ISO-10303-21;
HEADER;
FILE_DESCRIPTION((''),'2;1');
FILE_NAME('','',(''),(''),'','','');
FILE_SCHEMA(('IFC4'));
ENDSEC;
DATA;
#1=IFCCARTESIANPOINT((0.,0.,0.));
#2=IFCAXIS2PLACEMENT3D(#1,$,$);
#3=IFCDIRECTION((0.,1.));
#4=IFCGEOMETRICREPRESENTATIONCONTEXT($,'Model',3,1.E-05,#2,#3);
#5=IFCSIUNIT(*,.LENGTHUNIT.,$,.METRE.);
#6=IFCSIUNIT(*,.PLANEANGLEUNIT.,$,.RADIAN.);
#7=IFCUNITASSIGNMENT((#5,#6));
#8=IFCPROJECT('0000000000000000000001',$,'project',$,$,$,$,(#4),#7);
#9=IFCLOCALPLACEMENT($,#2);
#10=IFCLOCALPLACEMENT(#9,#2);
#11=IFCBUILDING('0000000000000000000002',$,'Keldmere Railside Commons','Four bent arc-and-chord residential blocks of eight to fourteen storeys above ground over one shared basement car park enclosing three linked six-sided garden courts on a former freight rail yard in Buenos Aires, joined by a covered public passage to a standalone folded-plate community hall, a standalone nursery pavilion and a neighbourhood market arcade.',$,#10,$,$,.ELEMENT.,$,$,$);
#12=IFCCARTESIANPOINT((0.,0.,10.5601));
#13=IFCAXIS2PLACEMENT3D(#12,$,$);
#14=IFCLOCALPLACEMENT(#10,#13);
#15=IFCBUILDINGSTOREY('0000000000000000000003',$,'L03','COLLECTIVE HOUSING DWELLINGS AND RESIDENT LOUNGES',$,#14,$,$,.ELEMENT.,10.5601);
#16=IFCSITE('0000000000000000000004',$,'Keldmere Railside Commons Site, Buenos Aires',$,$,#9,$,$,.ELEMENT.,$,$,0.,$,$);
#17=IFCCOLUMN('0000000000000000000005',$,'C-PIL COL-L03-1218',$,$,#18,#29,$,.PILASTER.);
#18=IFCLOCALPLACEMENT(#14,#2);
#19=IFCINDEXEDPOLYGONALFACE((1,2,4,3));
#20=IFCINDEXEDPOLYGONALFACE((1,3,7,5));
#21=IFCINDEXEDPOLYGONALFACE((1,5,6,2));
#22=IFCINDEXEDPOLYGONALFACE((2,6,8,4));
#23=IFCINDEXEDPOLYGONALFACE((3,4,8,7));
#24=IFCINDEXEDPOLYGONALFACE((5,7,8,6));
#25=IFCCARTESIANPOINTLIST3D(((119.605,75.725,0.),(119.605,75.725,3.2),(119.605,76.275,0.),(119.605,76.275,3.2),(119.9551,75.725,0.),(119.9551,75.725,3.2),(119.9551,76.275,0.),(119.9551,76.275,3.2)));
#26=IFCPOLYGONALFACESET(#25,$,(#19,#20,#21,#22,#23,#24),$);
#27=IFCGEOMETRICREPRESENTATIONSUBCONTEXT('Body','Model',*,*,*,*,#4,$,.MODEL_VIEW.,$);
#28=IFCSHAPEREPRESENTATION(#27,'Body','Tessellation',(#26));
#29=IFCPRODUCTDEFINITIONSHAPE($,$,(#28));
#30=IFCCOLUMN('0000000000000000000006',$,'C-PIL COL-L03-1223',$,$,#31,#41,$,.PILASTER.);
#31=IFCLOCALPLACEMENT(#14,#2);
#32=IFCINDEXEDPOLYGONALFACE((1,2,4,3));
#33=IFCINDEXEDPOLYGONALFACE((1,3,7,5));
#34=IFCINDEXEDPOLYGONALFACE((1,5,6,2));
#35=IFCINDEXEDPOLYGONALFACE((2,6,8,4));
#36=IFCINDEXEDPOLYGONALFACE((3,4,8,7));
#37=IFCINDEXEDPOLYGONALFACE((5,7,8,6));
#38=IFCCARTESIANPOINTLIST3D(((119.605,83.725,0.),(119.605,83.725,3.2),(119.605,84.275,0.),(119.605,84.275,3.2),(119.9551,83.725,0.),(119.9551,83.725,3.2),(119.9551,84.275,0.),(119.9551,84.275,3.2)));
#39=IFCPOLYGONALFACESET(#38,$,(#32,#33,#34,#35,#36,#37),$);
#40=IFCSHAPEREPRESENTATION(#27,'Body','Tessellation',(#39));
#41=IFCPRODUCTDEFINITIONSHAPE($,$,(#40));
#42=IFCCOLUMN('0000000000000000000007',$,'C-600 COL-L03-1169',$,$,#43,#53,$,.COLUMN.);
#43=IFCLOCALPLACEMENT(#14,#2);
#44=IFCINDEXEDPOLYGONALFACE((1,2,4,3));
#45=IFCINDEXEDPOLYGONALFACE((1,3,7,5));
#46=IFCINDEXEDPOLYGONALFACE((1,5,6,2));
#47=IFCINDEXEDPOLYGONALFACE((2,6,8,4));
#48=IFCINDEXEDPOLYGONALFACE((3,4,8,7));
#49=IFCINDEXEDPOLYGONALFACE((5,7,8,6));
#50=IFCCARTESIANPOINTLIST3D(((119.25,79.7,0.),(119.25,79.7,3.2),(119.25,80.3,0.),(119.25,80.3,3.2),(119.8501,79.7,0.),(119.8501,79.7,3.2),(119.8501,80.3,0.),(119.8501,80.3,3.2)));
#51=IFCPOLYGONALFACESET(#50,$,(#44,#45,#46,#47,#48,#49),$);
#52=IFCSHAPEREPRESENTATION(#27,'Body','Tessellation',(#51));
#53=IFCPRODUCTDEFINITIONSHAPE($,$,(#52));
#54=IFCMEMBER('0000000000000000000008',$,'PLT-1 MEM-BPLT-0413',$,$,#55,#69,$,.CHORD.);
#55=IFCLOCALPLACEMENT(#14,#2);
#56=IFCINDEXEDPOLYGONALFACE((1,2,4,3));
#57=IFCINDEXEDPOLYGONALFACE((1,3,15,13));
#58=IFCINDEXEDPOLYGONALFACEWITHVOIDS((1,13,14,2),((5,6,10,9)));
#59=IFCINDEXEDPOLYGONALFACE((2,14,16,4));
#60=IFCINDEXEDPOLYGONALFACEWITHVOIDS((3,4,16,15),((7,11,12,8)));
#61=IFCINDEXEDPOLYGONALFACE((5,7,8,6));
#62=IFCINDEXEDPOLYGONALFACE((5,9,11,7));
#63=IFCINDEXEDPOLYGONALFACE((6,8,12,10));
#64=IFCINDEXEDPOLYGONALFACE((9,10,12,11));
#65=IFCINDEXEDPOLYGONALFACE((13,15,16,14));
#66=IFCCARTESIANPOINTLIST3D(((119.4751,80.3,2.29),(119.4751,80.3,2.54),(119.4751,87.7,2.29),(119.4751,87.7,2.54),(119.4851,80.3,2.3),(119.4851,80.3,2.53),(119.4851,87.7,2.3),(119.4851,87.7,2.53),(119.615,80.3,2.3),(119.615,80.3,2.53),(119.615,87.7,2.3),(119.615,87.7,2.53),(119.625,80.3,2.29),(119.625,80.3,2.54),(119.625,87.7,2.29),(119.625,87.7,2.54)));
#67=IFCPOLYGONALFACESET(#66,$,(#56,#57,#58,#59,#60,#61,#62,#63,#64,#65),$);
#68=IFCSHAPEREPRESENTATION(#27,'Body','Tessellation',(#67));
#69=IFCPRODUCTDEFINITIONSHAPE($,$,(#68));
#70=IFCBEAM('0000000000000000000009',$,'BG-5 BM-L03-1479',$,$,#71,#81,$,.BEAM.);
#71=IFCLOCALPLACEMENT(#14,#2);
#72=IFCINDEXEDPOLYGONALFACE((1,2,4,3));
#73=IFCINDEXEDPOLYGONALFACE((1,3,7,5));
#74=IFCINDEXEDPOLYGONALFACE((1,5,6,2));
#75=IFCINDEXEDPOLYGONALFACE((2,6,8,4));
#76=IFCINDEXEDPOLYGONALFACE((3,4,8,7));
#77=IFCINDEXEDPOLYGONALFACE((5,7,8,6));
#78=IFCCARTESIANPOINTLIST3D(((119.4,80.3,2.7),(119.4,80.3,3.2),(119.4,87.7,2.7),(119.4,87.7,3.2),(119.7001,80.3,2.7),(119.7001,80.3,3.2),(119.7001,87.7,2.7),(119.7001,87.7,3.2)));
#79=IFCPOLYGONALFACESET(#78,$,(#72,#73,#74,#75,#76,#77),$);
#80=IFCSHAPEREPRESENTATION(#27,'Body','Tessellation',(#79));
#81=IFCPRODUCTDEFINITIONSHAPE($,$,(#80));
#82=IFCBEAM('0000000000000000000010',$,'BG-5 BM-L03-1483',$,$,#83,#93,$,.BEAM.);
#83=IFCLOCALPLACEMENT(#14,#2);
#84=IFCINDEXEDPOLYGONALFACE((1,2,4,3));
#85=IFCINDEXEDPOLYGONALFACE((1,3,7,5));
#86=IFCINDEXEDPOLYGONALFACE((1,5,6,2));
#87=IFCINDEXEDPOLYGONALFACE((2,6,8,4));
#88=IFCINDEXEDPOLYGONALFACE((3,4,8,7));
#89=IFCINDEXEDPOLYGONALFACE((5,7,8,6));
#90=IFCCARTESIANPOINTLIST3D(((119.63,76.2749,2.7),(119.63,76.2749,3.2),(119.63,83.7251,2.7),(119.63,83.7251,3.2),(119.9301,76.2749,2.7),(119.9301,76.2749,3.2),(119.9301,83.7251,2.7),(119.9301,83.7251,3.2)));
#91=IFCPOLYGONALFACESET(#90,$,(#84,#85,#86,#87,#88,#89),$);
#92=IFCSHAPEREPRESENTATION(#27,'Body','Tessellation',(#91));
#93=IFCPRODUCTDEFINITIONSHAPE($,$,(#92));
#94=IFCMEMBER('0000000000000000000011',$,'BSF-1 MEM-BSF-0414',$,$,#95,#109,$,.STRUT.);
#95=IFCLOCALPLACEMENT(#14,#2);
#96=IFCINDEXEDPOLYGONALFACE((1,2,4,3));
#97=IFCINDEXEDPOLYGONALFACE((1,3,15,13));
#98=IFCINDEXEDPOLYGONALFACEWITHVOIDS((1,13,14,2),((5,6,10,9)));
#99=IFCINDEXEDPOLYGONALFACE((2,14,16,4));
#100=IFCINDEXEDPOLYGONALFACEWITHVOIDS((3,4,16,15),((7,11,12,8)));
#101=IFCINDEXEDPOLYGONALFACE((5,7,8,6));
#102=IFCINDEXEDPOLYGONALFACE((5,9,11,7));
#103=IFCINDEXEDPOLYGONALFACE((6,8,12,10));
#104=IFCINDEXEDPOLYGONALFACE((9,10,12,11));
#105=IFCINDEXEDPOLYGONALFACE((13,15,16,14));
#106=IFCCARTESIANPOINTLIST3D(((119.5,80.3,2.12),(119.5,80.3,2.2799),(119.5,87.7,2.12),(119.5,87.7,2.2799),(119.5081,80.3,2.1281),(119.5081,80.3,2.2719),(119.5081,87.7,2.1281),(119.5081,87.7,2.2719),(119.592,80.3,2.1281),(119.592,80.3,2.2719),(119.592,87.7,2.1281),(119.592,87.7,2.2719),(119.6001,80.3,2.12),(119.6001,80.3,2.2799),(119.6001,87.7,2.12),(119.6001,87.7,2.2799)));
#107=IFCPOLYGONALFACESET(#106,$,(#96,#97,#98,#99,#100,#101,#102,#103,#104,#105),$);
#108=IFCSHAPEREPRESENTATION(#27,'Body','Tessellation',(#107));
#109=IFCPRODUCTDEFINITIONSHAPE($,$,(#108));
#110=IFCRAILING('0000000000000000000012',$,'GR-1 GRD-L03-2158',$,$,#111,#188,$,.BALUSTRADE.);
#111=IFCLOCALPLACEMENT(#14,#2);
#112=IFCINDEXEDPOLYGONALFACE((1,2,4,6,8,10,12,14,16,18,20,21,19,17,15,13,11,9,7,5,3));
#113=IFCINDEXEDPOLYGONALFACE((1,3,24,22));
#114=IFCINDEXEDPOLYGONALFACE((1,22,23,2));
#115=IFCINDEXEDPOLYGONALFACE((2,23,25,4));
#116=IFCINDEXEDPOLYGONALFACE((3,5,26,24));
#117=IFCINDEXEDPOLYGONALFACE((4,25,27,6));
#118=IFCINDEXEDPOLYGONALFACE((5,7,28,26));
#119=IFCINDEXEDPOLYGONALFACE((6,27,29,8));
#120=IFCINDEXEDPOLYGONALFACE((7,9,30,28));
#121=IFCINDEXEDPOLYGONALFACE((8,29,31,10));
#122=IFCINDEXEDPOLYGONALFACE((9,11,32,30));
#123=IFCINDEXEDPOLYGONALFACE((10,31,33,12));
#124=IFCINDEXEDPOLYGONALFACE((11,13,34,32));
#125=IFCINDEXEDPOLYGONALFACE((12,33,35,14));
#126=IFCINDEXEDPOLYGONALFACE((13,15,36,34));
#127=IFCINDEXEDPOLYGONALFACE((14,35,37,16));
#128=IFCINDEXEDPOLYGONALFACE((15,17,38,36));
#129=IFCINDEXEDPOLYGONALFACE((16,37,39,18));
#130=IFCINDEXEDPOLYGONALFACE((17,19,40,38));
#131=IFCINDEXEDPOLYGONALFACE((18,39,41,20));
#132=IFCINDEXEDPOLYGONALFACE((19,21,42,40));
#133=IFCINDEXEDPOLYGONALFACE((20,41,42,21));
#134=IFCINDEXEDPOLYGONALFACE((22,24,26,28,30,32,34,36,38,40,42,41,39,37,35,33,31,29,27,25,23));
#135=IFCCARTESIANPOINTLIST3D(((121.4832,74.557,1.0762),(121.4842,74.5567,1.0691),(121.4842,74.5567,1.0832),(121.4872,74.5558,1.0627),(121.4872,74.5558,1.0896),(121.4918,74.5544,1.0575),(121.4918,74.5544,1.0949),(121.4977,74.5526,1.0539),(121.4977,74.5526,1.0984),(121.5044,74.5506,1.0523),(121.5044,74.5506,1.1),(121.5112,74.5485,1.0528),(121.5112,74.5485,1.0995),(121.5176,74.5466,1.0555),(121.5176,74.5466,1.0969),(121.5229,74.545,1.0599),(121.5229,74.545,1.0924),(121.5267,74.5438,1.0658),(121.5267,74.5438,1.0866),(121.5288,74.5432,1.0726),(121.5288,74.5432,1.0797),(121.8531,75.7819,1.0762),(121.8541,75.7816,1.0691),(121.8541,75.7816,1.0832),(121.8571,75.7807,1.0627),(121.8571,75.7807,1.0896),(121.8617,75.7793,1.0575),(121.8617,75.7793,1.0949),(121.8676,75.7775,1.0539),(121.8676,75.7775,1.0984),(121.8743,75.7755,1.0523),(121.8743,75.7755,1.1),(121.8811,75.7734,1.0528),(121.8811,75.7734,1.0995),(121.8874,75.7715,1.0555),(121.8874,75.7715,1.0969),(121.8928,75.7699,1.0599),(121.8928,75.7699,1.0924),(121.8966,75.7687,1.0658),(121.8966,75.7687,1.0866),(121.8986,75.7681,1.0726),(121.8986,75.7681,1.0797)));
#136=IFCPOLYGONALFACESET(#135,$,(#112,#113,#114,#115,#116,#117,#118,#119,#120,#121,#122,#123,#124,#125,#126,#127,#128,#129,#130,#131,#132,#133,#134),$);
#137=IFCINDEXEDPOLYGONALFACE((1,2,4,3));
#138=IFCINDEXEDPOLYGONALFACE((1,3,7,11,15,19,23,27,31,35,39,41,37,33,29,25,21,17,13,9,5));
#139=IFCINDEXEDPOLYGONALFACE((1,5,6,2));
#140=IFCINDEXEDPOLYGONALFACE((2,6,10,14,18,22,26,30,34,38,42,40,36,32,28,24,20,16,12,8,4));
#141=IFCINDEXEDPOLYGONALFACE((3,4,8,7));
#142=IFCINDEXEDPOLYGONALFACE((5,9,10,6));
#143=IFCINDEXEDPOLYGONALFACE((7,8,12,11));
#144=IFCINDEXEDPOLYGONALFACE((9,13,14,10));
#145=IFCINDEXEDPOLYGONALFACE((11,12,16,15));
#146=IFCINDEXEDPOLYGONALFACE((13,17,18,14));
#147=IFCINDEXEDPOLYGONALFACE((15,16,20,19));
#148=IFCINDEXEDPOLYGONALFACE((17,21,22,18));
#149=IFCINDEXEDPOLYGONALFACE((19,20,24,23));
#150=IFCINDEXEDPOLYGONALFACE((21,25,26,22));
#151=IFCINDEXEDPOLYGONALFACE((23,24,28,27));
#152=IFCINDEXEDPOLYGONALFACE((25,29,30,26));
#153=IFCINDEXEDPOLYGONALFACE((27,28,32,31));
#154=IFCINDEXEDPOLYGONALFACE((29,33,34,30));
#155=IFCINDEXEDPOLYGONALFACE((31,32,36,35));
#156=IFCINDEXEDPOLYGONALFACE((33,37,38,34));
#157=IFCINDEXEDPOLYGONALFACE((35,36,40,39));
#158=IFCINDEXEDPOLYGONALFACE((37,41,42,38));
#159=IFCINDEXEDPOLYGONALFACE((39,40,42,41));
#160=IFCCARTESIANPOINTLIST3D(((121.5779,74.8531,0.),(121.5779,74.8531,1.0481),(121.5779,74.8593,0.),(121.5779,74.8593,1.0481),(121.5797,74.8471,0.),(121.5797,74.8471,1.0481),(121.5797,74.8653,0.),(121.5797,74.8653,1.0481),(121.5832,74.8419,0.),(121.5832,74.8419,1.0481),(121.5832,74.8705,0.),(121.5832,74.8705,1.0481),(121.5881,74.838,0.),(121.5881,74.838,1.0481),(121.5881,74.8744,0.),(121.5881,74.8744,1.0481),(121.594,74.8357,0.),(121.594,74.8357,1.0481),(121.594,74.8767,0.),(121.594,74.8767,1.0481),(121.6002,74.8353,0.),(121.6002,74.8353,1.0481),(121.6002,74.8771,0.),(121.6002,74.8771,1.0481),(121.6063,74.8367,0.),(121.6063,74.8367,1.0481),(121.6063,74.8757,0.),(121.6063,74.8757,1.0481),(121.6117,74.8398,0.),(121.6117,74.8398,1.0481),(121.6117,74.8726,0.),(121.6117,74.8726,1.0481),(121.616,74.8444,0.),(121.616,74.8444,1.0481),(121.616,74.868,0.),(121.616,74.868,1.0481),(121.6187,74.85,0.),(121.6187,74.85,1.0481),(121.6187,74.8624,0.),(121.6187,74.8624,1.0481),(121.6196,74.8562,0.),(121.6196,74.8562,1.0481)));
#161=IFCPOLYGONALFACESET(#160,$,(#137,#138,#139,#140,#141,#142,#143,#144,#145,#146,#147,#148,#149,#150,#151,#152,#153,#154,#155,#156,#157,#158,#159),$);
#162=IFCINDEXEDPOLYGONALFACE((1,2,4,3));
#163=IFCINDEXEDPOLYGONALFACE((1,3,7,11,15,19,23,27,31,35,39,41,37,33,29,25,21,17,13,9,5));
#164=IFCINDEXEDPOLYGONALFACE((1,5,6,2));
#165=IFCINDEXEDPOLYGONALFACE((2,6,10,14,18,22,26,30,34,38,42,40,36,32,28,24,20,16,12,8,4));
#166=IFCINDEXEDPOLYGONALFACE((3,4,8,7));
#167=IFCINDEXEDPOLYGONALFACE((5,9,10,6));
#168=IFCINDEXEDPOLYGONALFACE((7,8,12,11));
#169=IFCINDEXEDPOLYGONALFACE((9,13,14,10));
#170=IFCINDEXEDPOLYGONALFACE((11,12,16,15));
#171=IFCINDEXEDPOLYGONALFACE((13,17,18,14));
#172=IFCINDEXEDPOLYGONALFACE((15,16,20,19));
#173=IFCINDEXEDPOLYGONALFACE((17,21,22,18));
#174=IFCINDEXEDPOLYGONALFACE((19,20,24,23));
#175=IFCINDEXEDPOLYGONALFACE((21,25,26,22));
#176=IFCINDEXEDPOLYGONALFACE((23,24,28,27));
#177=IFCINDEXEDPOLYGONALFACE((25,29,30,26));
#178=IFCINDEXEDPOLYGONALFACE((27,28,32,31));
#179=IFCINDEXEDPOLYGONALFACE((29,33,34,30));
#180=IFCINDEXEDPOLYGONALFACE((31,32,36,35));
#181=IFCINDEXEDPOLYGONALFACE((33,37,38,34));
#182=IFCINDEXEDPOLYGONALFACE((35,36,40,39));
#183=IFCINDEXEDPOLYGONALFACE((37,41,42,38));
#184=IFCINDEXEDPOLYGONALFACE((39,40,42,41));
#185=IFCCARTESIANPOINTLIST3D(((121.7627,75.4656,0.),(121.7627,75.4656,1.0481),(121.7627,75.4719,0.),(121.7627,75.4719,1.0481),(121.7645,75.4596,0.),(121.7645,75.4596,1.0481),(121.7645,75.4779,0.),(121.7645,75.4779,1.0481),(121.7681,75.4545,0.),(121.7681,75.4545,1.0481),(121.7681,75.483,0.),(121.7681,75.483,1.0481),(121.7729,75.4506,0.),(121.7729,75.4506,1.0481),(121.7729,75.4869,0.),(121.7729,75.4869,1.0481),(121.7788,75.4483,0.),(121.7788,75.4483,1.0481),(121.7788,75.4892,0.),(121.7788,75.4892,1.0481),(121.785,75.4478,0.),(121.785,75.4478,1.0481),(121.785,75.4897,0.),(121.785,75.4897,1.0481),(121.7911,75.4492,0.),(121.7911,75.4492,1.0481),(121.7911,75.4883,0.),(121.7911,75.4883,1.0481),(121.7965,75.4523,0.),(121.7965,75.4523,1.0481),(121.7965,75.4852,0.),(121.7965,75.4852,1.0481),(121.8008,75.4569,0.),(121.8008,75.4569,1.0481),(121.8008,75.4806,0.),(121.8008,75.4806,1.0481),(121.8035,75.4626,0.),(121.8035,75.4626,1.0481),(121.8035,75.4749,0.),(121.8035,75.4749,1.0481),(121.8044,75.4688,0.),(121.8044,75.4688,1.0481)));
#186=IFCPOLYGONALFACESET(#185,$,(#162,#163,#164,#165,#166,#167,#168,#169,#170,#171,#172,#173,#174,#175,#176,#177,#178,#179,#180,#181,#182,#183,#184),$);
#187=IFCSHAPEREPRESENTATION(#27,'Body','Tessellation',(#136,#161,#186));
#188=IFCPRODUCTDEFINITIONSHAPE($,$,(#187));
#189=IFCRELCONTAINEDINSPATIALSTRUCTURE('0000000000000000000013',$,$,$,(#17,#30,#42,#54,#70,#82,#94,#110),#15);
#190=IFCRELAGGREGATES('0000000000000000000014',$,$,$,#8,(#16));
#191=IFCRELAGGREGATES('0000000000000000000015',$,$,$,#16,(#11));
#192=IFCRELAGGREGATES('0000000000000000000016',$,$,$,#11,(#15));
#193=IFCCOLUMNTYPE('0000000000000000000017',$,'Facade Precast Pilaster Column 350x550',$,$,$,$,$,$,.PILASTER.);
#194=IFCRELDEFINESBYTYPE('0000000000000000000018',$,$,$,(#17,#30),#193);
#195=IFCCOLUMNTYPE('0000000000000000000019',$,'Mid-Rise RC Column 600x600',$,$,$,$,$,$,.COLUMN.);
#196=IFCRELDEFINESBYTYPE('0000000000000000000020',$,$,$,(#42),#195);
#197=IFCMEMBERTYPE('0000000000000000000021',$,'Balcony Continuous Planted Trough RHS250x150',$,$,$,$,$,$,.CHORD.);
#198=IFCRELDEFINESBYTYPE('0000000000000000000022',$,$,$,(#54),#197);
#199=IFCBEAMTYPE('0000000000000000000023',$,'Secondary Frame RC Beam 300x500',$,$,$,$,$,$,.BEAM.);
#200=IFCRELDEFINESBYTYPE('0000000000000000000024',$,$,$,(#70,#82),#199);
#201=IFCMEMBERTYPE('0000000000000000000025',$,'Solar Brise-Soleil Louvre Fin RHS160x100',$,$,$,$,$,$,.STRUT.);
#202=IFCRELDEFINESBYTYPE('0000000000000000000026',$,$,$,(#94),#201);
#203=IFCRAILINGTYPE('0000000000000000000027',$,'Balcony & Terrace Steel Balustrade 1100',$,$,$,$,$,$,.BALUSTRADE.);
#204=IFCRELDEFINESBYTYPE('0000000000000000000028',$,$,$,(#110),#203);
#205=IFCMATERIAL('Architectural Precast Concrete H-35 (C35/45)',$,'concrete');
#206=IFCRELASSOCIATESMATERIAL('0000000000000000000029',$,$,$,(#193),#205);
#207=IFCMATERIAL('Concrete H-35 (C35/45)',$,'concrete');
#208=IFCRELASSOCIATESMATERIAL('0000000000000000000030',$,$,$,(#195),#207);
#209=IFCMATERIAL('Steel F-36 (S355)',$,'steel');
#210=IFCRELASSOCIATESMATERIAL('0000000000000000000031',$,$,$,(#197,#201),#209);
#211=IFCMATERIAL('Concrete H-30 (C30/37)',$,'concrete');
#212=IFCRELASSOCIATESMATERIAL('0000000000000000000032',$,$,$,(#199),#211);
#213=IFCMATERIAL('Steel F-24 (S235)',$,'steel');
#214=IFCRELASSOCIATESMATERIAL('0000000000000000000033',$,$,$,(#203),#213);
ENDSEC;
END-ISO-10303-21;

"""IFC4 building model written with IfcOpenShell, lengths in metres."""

from ifc_helpers import new_model, si_unit, direction, frame, origin, origin_2d, place, context, subcontext, project, spatial, rectangle, hollow_rectangle, circle, extrude, material, material_profile, profile_set, type_object, element, save


model = new_model("IFC4")

# Units and contexts
model_context = context("Model", 3, precision=1e-05, world=origin(), true_north=direction((0.0, 1.0)))
body_context = subcontext(model_context, "Body", "Model", "MODEL_VIEW")
ifc_project = project(units=[si_unit("LENGTHUNIT", "METRE"), si_unit("PLANEANGLEUNIT", "RADIAN")], contexts=[model_context])

# Site, building, storey
site_placement = place(None, origin())
site = spatial("IfcSite", under=ifc_project, at=site_placement, Name="Keldmere Railside Commons Site, Buenos Aires", CompositionType="ELEMENT", RefElevation=0.0)
building_placement = place(site_placement, origin())
building = spatial("IfcBuilding", under=site, at=building_placement, Name="Keldmere Railside Commons", Description="Four bent arc-and-chord residential blocks of eight to fourteen storeys above ground over one shared basement car park enclosing three linked six-sided garden courts on a former freight rail yard in Buenos Aires, joined by a covered public passage to a standalone folded-plate community hall, a standalone nursery pavilion and a neighbourhood market arcade.", CompositionType="ELEMENT")
storey_placement = place(building_placement, frame((0.0, 0.0, 10.5601)))
storey = spatial("IfcBuildingStorey", under=building, at=storey_placement, Name="L03", Description="COLLECTIVE HOUSING DWELLINGS AND RESIDENT LOUNGES", CompositionType="ELEMENT", Elevation=10.5601)

# Columns
ifc_material_1 = material(Name="Architectural Precast Concrete H-35 (C35/45)", Category="concrete")
ifc_material_profile_1 = material_profile(ifc_material_1, rectangle(XDim=0.3501, YDim=0.55, at=origin_2d()), Name="RC-350x550")
ifc_profile_set_1 = profile_set([ifc_material_profile_1], Name="Architectural Precast Concrete H-35 (C35/45)")
column_type_1 = type_object("IfcColumnType", Name="Facade Precast Pilaster Column 350x550", PredefinedType="PILASTER", material=ifc_profile_set_1)
for number, where, z_axis, x_axis, name in (
    (1, (119.78, 76.0, 0.0), (0.0, 0.0, 1.0), (1.0, 0.0, 0.0), "C-PIL COL-L03-1218"),
    (2, (119.78, 84.0, 0.0), (0.0, 0.0, 1.0), (1.0, 0.0, 0.0), "C-PIL COL-L03-1223"),
):
    element("IfcColumn", number, at=place(storey_placement, frame(where, z_axis=z_axis, x_axis=x_axis)), inside=storey, type_object=column_type_1, Name=name, PredefinedType="PILASTER", context=body_context, shape_type="SweptSolid", body=[
        extrude(rectangle(XDim=0.3501, YDim=0.55, at=origin_2d()), origin(), (0.0, 0.0, 1.0), 3.2),
    ])
ifc_material_2 = material(Name="Concrete H-35 (C35/45)", Category="concrete")
ifc_material_profile_2 = material_profile(ifc_material_2, rectangle(XDim=0.6001, YDim=0.6001, at=origin_2d()), Name="RC-600x600")
ifc_profile_set_2 = profile_set([ifc_material_profile_2], Name="Concrete H-35 (C35/45)")
column_type_2 = type_object("IfcColumnType", Name="Mid-Rise RC Column 600x600", PredefinedType="COLUMN", material=ifc_profile_set_2)
column_placement = place(storey_placement, frame((119.55, 80.0, 0.0), z_axis=(0.0, 0.0, 1.0), x_axis=(1.0, 0.0, 0.0)))
element("IfcColumn", 3, at=column_placement, inside=storey, type_object=column_type_2, Name="C-600 COL-L03-1169", PredefinedType="COLUMN", context=body_context, shape_type="SweptSolid", body=[
    extrude(rectangle(XDim=0.6001, YDim=0.6001, at=origin_2d()), origin(), (0.0, 0.0, 1.0), 3.2),
])

# Member
ifc_material_3 = material(Name="Steel F-36 (S355)", Category="steel")
ifc_material_profile_3 = material_profile(ifc_material_3, hollow_rectangle(XDim=0.1499, YDim=0.25, WallThickness=0.01, at=origin_2d()), Name="RHS-250x150x10")
ifc_profile_set_3 = profile_set([ifc_material_profile_3], Name="Steel F-36 (S355)")
member_type_1 = type_object("IfcMemberType", Name="Balcony Continuous Planted Trough RHS250x150", PredefinedType="CHORD", material=ifc_profile_set_3)
member_1_placement = place(storey_placement, frame((119.55, 80.3, 2.415), z_axis=(0.0, 1.0, 0.0), x_axis=(-1.0, 0.0, 0.0)))
element("IfcMember", 4, at=member_1_placement, inside=storey, type_object=member_type_1, Name="PLT-1 MEM-BPLT-0413", PredefinedType="CHORD", context=body_context, shape_type="SweptSolid", body=[
    extrude(hollow_rectangle(XDim=0.1499, YDim=0.25, WallThickness=0.01, at=origin_2d()), origin(), (0.0, 0.0, 1.0), 7.3999),
])

# Beams
ifc_material_4 = material(Name="Concrete H-30 (C30/37)", Category="concrete")
ifc_material_profile_4 = material_profile(ifc_material_4, rectangle(XDim=0.3, YDim=0.5, at=origin_2d()), Name="RC-300x500")
ifc_profile_set_4 = profile_set([ifc_material_profile_4], Name="Concrete H-30 (C30/37)")
beam_type = type_object("IfcBeamType", Name="Secondary Frame RC Beam 300x500", PredefinedType="BEAM", material=ifc_profile_set_4)
beam_1_placement = place(storey_placement, frame((119.55, 80.3, 2.95), z_axis=(0.0, 1.0, 0.0), x_axis=(-1.0, 0.0, 0.0)))
element("IfcBeam", 5, at=beam_1_placement, inside=storey, type_object=beam_type, Name="BG-5 BM-L03-1479", PredefinedType="BEAM", context=body_context, shape_type="SweptSolid", body=[
    extrude(rectangle(XDim=0.3, YDim=0.5, at=origin_2d()), origin(), (0.0, 0.0, 1.0), 7.3999),
])
beam_2_placement = place(storey_placement, frame((119.78, 76.2749, 2.95), z_axis=(0.0, 1.0, 0.0), x_axis=(-1.0, 0.0, 0.0)))
element("IfcBeam", 6, at=beam_2_placement, inside=storey, type_object=beam_type, Name="BG-5 BM-L03-1483", PredefinedType="BEAM", context=body_context, shape_type="SweptSolid", body=[
    extrude(rectangle(XDim=0.3, YDim=0.5, at=origin_2d()), origin(), (0.0, 0.0, 1.0), 7.4502),
])

# Member
ifc_material_profile_5 = material_profile(ifc_material_3, hollow_rectangle(XDim=0.1001, YDim=0.1599, WallThickness=0.0081, at=origin_2d()), Name="RHS-160x100x8")
ifc_profile_set_5 = profile_set([ifc_material_profile_5], Name="Steel F-36 (S355)")
member_type_2 = type_object("IfcMemberType", Name="Solar Brise-Soleil Louvre Fin RHS160x100", PredefinedType="STRUT", material=ifc_profile_set_5)
member_2_placement = place(storey_placement, frame((119.55, 80.3, 2.2), z_axis=(0.0, 1.0, 0.0), x_axis=(-1.0, 0.0, 0.0)))
element("IfcMember", 7, at=member_2_placement, inside=storey, type_object=member_type_2, Name="BSF-1 MEM-BSF-0414", PredefinedType="STRUT", context=body_context, shape_type="SweptSolid", body=[
    extrude(hollow_rectangle(XDim=0.1001, YDim=0.1599, WallThickness=0.0081, at=origin_2d()), origin(), (0.0, 0.0, 1.0), 7.3999),
])

# Railing
ifc_material_5 = material(Name="Steel F-24 (S235)", Category="steel")
railing_type = type_object("IfcRailingType", Name="Balcony & Terrace Steel Balustrade 1100", PredefinedType="BALUSTRADE", material=ifc_material_5)
railing_1_placement = place(storey_placement, frame((121.5061, 74.55, 0.0)))
element("IfcRailing", 8, at=railing_1_placement, inside=storey, type_object=railing_type, Name="GR-1 GRD-L03-2158", PredefinedType="BALUSTRADE", context=body_context, shape_type="SweptSolid", body=[
    extrude(circle(Radius=0.0239, at=origin_2d()), frame((0.0, 0.0, 1.0762), z_axis=(0.28908, 0.957305, 0.0), x_axis=(-0.957305, 0.28908, 0.0)), (0.0, 0.0, 1.0), 1.2795),
    extrude(circle(Radius=0.021, at=origin_2d()), frame((0.0925, 0.3062, 0.0)), (0.0, 0.0, 1.0), 1.0481),
    extrude(circle(Radius=0.021, at=origin_2d()), frame((0.2773, 0.9187, 0.0)), (0.0, 0.0, 1.0), 1.0481),
])

save(model, "model.ifc")
